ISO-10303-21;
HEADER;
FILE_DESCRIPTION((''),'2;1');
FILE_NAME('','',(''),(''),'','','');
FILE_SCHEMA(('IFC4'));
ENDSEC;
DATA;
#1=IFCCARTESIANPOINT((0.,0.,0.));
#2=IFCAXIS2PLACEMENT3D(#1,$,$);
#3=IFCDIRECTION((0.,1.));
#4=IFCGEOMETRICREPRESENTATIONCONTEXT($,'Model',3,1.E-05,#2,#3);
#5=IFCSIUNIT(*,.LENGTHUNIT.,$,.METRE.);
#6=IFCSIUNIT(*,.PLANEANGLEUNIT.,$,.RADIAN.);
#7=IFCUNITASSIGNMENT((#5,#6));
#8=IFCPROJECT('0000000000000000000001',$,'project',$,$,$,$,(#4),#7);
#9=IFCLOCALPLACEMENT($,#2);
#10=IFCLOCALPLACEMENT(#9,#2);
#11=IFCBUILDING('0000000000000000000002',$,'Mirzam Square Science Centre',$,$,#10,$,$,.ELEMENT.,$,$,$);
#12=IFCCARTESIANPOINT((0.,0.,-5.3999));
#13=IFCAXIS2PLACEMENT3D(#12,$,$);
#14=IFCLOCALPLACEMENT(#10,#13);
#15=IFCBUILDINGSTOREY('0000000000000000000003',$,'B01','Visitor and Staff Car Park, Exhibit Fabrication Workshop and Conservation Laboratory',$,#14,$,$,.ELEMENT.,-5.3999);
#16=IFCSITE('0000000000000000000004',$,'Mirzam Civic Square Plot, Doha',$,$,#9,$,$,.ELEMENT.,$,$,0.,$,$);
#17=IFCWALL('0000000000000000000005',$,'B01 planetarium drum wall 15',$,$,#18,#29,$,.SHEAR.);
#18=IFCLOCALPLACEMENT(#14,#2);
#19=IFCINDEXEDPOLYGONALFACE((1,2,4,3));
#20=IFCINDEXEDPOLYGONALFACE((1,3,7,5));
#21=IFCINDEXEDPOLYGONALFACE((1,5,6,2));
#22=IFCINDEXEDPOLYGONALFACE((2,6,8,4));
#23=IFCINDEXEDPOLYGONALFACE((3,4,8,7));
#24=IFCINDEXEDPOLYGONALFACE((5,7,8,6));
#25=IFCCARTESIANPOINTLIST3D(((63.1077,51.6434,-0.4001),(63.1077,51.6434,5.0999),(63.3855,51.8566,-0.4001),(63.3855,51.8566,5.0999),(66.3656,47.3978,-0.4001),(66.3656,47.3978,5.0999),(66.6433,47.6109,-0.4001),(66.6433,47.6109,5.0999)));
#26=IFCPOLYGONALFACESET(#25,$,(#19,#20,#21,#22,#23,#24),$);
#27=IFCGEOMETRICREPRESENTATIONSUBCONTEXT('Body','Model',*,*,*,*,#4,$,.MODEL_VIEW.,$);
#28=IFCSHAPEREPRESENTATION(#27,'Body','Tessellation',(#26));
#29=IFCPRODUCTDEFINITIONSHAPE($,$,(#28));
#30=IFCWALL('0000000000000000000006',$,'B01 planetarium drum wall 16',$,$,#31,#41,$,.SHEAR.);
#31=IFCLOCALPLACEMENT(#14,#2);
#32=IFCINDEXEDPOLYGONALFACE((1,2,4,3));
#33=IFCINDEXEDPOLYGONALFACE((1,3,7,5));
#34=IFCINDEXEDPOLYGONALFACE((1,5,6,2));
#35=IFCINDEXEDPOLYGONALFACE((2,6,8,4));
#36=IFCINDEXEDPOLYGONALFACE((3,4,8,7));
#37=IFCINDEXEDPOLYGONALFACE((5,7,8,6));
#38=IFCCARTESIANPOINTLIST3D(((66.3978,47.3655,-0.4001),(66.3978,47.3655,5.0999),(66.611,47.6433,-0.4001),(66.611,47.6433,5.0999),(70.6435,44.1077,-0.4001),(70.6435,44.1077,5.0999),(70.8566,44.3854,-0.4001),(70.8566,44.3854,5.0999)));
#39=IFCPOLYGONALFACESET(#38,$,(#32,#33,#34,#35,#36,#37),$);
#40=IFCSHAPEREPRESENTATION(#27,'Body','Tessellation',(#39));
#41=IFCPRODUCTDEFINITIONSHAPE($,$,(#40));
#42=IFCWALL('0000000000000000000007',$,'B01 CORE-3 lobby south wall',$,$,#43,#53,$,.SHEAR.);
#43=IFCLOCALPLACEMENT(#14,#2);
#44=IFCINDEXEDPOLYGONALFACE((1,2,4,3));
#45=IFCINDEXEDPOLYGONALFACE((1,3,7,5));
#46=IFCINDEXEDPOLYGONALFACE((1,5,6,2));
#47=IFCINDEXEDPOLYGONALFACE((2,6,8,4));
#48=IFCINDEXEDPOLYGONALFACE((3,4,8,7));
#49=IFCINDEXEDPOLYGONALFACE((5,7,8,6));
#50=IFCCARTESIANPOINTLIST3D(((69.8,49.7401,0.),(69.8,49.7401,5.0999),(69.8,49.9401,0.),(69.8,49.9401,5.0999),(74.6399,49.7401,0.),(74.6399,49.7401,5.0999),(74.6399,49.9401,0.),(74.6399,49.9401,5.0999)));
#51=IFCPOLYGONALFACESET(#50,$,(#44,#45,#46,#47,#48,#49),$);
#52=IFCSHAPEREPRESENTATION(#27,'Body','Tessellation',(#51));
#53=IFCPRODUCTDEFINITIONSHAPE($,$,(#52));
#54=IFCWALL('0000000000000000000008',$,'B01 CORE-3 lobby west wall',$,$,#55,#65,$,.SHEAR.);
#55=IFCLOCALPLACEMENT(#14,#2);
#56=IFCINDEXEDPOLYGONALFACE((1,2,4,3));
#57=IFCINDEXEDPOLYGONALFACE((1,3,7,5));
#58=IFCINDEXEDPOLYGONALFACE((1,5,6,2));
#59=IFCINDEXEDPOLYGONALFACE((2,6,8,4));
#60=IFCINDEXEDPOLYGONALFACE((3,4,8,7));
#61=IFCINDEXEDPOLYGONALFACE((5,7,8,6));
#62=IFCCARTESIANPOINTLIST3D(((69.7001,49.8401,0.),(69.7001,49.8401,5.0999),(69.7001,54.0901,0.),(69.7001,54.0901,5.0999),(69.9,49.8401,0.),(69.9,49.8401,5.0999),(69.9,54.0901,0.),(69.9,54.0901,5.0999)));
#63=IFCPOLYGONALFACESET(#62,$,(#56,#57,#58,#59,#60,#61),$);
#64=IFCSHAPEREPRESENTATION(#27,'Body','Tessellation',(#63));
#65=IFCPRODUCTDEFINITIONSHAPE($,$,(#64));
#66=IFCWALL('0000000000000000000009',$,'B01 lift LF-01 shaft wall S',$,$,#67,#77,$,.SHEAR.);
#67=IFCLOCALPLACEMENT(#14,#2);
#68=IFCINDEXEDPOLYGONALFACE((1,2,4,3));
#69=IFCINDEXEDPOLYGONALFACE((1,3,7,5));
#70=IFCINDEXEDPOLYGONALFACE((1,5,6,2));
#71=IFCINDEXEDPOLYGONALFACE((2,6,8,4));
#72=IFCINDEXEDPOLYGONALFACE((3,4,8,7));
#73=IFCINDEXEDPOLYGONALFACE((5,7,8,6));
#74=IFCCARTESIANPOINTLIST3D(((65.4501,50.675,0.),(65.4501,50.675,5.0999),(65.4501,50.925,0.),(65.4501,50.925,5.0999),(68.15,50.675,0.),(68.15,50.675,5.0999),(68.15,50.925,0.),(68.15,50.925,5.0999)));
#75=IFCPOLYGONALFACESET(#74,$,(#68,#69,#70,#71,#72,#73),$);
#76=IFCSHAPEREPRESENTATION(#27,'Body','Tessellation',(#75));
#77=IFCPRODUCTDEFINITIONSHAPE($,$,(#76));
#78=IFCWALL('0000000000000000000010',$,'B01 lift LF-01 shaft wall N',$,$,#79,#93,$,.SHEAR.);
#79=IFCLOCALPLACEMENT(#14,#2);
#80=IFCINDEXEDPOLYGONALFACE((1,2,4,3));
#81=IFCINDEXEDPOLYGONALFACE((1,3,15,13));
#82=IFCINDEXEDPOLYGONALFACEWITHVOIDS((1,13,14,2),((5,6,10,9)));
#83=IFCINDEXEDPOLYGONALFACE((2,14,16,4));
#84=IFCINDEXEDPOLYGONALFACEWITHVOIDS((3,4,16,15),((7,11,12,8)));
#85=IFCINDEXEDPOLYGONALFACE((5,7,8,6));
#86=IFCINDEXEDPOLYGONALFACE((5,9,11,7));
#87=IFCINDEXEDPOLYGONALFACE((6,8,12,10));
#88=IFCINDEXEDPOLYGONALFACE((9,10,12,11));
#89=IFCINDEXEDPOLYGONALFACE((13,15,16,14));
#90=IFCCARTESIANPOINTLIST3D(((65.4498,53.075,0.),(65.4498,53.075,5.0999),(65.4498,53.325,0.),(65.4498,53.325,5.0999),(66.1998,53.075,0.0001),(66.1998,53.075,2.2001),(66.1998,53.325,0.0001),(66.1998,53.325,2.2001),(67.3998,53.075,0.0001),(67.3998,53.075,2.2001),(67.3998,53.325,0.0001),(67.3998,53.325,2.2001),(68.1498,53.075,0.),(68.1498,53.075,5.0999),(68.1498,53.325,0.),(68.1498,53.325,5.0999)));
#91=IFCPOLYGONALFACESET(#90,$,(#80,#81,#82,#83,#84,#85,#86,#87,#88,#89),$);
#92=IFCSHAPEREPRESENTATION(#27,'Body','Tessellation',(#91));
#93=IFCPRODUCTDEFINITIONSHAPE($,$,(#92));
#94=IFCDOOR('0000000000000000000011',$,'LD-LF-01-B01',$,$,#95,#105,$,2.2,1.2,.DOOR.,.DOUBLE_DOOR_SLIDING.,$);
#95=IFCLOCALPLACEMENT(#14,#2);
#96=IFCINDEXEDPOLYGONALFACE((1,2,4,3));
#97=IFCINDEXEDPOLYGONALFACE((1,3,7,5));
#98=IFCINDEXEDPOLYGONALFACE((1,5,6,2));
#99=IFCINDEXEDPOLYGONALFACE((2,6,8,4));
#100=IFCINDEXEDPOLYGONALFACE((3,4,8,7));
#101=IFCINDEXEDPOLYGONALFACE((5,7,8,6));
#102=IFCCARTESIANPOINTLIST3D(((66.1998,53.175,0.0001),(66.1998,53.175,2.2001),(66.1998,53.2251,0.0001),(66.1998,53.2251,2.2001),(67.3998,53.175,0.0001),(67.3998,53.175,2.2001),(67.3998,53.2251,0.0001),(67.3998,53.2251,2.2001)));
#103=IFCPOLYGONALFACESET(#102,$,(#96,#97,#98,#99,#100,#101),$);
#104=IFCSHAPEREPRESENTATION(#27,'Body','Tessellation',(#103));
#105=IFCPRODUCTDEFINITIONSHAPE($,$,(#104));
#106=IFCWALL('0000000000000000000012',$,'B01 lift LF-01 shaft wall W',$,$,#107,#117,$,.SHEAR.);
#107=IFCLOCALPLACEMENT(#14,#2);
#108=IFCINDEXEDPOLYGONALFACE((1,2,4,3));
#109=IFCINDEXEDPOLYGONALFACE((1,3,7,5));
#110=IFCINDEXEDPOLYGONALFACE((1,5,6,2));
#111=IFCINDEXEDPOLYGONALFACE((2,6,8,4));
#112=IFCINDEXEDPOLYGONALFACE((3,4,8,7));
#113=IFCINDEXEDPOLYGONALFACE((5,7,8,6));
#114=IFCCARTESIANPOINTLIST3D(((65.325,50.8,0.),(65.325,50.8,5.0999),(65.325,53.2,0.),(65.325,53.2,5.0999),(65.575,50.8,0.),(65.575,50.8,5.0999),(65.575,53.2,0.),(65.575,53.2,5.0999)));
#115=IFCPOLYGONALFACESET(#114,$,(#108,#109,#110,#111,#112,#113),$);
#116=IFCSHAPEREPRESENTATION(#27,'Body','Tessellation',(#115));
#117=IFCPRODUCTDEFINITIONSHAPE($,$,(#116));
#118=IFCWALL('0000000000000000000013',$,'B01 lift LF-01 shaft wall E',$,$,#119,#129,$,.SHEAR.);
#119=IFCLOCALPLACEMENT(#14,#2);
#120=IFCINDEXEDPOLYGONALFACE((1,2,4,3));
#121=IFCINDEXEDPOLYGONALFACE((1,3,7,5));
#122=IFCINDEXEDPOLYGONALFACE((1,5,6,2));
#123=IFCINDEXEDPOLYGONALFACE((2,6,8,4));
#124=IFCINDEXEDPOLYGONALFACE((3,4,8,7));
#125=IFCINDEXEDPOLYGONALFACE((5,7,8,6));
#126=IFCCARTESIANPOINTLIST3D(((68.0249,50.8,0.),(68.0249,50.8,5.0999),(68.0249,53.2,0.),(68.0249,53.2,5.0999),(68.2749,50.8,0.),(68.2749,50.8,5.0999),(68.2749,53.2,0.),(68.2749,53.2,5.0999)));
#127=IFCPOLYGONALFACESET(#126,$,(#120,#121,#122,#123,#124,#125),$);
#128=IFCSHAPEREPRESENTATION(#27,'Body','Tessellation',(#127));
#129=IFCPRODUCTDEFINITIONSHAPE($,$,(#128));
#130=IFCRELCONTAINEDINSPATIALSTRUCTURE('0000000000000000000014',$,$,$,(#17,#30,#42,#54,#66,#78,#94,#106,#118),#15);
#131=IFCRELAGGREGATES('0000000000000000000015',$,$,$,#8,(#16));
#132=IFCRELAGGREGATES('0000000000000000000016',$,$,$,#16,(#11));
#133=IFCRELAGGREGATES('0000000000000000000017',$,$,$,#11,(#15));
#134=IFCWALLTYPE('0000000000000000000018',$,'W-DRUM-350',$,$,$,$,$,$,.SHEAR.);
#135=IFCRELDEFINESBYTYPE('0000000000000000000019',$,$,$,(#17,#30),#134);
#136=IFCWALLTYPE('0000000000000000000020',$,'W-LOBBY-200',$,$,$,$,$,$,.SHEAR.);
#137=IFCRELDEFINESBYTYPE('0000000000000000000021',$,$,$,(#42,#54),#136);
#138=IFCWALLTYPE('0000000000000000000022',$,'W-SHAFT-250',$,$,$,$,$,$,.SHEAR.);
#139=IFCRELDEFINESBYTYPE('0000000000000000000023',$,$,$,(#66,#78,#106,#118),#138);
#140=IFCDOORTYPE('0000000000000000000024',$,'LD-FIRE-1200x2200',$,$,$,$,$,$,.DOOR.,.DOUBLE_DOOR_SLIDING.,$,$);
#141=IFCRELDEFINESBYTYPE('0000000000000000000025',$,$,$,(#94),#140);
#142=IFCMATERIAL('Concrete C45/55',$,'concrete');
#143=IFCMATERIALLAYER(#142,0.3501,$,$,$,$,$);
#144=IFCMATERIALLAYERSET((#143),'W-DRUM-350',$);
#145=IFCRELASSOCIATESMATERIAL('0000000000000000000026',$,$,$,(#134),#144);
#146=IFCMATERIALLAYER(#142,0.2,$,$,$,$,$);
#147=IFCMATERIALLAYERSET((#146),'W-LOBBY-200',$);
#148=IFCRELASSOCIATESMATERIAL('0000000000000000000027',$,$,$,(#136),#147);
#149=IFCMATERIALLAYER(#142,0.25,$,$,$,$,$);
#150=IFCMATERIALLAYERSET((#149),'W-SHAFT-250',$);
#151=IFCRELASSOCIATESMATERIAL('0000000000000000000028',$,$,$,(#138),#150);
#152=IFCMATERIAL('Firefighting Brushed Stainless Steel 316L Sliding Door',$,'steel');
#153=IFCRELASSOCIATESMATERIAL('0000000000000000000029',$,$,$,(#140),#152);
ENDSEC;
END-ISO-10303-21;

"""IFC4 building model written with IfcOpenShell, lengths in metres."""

from ifc_helpers import new_model, si_unit, direction, frame, frame_2d, origin, place, context, subcontext, project, spatial, rectangle, extrude, material, layer, layer_set, type_object, element, fill, save


model = new_model("IFC4")

# Units and contexts
model_context = context("Model", 3, precision=1e-05, world=origin(), true_north=direction((0.0, 1.0)))
body_context = subcontext(model_context, "Body", "Model", "MODEL_VIEW")
ifc_project = project(units=[si_unit("LENGTHUNIT", "METRE"), si_unit("PLANEANGLEUNIT", "RADIAN")], contexts=[model_context])

# Site, building, storey
site_placement = place(None, origin())
site = spatial("IfcSite", under=ifc_project, at=site_placement, Name="Mirzam Civic Square Plot, Doha", CompositionType="ELEMENT", RefElevation=0.0)
building_placement = place(site_placement, origin())
building = spatial("IfcBuilding", under=site, at=building_placement, Name="Mirzam Square Science Centre", CompositionType="ELEMENT")
storey_placement = place(building_placement, frame((0.0, 0.0, -5.3999)))
storey = spatial("IfcBuildingStorey", under=building, at=storey_placement, Name="B01", Description="Visitor and Staff Car Park, Exhibit Fabrication Workshop and Conservation Laboratory", CompositionType="ELEMENT", Elevation=-5.3999)

# Shared definitions
ifc_material_1 = material(Name="Concrete C45/55", Category="concrete")

# Walls
ifc_layer_1 = layer(ifc_material_1, 0.3501)
ifc_layer_set_1 = layer_set([ifc_layer_1], Name="W-DRUM-350")
wall_type_1 = type_object("IfcWallType", Name="W-DRUM-350", PredefinedType="SHEAR", material=ifc_layer_set_1)
for number, where, z_axis, x_axis, name in (
    (1, (63.2466, 51.75, -0.4001), (0.0, 0.0, 1.0), (0.608767, -0.793349, 0.0), "B01 planetarium drum wall 15"),
    (2, (66.5044, 47.5044, -0.4001), (0.0, 0.0, 1.0), (0.793349, -0.608767, 0.0), "B01 planetarium drum wall 16"),
):
    element("IfcWall", number, at=place(storey_placement, frame(where, z_axis=z_axis, x_axis=x_axis)), inside=storey, type_object=wall_type_1, Name=name, PredefinedType="SHEAR", context=body_context, shape_type="SweptSolid", body=[
        extrude(rectangle(XDim=5.3516, YDim=0.3501, at=frame_2d((2.6758, 0.0))), origin(), (0.0, 0.0, 1.0), 5.5),
    ])
ifc_layer_2 = layer(ifc_material_1, 0.2)
ifc_layer_set_2 = layer_set([ifc_layer_2], Name="W-LOBBY-200")
wall_type_2 = type_object("IfcWallType", Name="W-LOBBY-200", PredefinedType="SHEAR", material=ifc_layer_set_2)
wall_1_placement = place(storey_placement, frame((69.8, 49.8401, 0.0), z_axis=(0.0, 0.0, 1.0), x_axis=(1.0, 0.0, 0.0)))
element("IfcWall", 3, at=wall_1_placement, inside=storey, type_object=wall_type_2, Name="B01 CORE-3 lobby south wall", PredefinedType="SHEAR", context=body_context, shape_type="SweptSolid", body=[
    extrude(rectangle(XDim=4.8398, YDim=0.2, at=frame_2d((2.4199, 0.0))), origin(), (0.0, 0.0, 1.0), 5.0999),
])
wall_2_placement = place(storey_placement, frame((69.8, 54.0901, 0.0), z_axis=(0.0, 0.0, 1.0), x_axis=(0.0, -1.0, 0.0)))
element("IfcWall", 4, at=wall_2_placement, inside=storey, type_object=wall_type_2, Name="B01 CORE-3 lobby west wall", PredefinedType="SHEAR", context=body_context, shape_type="SweptSolid", body=[
    extrude(rectangle(XDim=4.25, YDim=0.2, at=frame_2d((2.125, 0.0))), origin(), (0.0, 0.0, 1.0), 5.0999),
])
ifc_layer_3 = layer(ifc_material_1, 0.25)
ifc_layer_set_3 = layer_set([ifc_layer_3], Name="W-SHAFT-250")
wall_type_3 = type_object("IfcWallType", Name="W-SHAFT-250", PredefinedType="SHEAR", material=ifc_layer_set_3)
wall_3_placement = place(storey_placement, frame((65.45, 50.8, 0.0), z_axis=(0.0, 0.0, 1.0), x_axis=(1.0, 0.0, 0.0)))
element("IfcWall", 5, at=wall_3_placement, inside=storey, type_object=wall_type_3, Name="B01 lift LF-01 shaft wall S", PredefinedType="SHEAR", context=body_context, shape_type="SweptSolid", body=[
    extrude(rectangle(XDim=2.7, YDim=0.25, at=frame_2d((1.3501, 0.0))), origin(), (0.0, 0.0, 1.0), 5.0999),
])

# Wall, opening, door
wall_4_placement = place(storey_placement, frame((68.1499, 53.2, 0.0), z_axis=(0.0, 0.0, 1.0), x_axis=(-1.0, 0.0, 0.0)))
wall_4 = element("IfcWall", 6, at=wall_4_placement, inside=storey, type_object=wall_type_3, Name="B01 lift LF-01 shaft wall N", PredefinedType="SHEAR", context=body_context, shape_type="SweptSolid", body=[
    extrude(rectangle(XDim=2.7, YDim=0.25, at=frame_2d((1.3501, 0.0))), origin(), (0.0, 0.0, 1.0), 5.0999),
])
opening_placement = place(wall_4_placement, frame((0.75, 0.0, 0.0)))
opening = element("IfcOpeningElement", 7, at=opening_placement, cuts=wall_4, PredefinedType="OPENING", context=body_context, shape_type="SweptSolid", body=[
    extrude(rectangle(XDim=1.2, YDim=2.2, at=frame_2d((0.6001, 1.1001))), frame((0.0, 0.135, 0.0), z_axis=(0.0, -1.0, 0.0), x_axis=(1.0, 0.0, 0.0)), (0.0, 0.0, 1.0), 0.27),
])
ifc_material_2 = material(Name="Firefighting Brushed Stainless Steel 316L Sliding Door", Category="steel")
door_type = type_object("IfcDoorType", Name="LD-FIRE-1200x2200", OperationType="DOUBLE_DOOR_SLIDING", PredefinedType="DOOR", material=ifc_material_2)
door_placement = place(opening_placement, origin())
door = element("IfcDoor", 8, at=door_placement, inside=storey, type_object=door_type, Name="LD-LF-01-B01", OperationType="DOUBLE_DOOR_SLIDING", OverallHeight=2.2, OverallWidth=1.2, PredefinedType="DOOR", context=body_context, shape_type="SweptSolid", body=[
    extrude(rectangle(XDim=1.2, YDim=2.2, at=frame_2d((0.6001, 1.1001))), frame((0.0, 0.0249, 0.0), z_axis=(0.0, -1.0, 0.0), x_axis=(1.0, 0.0, 0.0)), (0.0, 0.0, 1.0), 0.05),
])
fill(opening, door)

# Walls
for number, where, z_axis, x_axis, name in (
    (9, (65.45, 53.2, 0.0), (0.0, 0.0, 1.0), (0.0, -1.0, 0.0), "B01 lift LF-01 shaft wall W"),
    (10, (68.1499, 50.8, 0.0), (0.0, 0.0, 1.0), (0.0, 1.0, 0.0), "B01 lift LF-01 shaft wall E"),
):
    element("IfcWall", number, at=place(storey_placement, frame(where, z_axis=z_axis, x_axis=x_axis)), inside=storey, type_object=wall_type_3, Name=name, PredefinedType="SHEAR", context=body_context, shape_type="SweptSolid", body=[
        extrude(rectangle(XDim=2.3999, YDim=0.25, at=frame_2d((1.2, 0.0))), origin(), (0.0, 0.0, 1.0), 5.0999),
    ])

save(model, "model.ifc")
